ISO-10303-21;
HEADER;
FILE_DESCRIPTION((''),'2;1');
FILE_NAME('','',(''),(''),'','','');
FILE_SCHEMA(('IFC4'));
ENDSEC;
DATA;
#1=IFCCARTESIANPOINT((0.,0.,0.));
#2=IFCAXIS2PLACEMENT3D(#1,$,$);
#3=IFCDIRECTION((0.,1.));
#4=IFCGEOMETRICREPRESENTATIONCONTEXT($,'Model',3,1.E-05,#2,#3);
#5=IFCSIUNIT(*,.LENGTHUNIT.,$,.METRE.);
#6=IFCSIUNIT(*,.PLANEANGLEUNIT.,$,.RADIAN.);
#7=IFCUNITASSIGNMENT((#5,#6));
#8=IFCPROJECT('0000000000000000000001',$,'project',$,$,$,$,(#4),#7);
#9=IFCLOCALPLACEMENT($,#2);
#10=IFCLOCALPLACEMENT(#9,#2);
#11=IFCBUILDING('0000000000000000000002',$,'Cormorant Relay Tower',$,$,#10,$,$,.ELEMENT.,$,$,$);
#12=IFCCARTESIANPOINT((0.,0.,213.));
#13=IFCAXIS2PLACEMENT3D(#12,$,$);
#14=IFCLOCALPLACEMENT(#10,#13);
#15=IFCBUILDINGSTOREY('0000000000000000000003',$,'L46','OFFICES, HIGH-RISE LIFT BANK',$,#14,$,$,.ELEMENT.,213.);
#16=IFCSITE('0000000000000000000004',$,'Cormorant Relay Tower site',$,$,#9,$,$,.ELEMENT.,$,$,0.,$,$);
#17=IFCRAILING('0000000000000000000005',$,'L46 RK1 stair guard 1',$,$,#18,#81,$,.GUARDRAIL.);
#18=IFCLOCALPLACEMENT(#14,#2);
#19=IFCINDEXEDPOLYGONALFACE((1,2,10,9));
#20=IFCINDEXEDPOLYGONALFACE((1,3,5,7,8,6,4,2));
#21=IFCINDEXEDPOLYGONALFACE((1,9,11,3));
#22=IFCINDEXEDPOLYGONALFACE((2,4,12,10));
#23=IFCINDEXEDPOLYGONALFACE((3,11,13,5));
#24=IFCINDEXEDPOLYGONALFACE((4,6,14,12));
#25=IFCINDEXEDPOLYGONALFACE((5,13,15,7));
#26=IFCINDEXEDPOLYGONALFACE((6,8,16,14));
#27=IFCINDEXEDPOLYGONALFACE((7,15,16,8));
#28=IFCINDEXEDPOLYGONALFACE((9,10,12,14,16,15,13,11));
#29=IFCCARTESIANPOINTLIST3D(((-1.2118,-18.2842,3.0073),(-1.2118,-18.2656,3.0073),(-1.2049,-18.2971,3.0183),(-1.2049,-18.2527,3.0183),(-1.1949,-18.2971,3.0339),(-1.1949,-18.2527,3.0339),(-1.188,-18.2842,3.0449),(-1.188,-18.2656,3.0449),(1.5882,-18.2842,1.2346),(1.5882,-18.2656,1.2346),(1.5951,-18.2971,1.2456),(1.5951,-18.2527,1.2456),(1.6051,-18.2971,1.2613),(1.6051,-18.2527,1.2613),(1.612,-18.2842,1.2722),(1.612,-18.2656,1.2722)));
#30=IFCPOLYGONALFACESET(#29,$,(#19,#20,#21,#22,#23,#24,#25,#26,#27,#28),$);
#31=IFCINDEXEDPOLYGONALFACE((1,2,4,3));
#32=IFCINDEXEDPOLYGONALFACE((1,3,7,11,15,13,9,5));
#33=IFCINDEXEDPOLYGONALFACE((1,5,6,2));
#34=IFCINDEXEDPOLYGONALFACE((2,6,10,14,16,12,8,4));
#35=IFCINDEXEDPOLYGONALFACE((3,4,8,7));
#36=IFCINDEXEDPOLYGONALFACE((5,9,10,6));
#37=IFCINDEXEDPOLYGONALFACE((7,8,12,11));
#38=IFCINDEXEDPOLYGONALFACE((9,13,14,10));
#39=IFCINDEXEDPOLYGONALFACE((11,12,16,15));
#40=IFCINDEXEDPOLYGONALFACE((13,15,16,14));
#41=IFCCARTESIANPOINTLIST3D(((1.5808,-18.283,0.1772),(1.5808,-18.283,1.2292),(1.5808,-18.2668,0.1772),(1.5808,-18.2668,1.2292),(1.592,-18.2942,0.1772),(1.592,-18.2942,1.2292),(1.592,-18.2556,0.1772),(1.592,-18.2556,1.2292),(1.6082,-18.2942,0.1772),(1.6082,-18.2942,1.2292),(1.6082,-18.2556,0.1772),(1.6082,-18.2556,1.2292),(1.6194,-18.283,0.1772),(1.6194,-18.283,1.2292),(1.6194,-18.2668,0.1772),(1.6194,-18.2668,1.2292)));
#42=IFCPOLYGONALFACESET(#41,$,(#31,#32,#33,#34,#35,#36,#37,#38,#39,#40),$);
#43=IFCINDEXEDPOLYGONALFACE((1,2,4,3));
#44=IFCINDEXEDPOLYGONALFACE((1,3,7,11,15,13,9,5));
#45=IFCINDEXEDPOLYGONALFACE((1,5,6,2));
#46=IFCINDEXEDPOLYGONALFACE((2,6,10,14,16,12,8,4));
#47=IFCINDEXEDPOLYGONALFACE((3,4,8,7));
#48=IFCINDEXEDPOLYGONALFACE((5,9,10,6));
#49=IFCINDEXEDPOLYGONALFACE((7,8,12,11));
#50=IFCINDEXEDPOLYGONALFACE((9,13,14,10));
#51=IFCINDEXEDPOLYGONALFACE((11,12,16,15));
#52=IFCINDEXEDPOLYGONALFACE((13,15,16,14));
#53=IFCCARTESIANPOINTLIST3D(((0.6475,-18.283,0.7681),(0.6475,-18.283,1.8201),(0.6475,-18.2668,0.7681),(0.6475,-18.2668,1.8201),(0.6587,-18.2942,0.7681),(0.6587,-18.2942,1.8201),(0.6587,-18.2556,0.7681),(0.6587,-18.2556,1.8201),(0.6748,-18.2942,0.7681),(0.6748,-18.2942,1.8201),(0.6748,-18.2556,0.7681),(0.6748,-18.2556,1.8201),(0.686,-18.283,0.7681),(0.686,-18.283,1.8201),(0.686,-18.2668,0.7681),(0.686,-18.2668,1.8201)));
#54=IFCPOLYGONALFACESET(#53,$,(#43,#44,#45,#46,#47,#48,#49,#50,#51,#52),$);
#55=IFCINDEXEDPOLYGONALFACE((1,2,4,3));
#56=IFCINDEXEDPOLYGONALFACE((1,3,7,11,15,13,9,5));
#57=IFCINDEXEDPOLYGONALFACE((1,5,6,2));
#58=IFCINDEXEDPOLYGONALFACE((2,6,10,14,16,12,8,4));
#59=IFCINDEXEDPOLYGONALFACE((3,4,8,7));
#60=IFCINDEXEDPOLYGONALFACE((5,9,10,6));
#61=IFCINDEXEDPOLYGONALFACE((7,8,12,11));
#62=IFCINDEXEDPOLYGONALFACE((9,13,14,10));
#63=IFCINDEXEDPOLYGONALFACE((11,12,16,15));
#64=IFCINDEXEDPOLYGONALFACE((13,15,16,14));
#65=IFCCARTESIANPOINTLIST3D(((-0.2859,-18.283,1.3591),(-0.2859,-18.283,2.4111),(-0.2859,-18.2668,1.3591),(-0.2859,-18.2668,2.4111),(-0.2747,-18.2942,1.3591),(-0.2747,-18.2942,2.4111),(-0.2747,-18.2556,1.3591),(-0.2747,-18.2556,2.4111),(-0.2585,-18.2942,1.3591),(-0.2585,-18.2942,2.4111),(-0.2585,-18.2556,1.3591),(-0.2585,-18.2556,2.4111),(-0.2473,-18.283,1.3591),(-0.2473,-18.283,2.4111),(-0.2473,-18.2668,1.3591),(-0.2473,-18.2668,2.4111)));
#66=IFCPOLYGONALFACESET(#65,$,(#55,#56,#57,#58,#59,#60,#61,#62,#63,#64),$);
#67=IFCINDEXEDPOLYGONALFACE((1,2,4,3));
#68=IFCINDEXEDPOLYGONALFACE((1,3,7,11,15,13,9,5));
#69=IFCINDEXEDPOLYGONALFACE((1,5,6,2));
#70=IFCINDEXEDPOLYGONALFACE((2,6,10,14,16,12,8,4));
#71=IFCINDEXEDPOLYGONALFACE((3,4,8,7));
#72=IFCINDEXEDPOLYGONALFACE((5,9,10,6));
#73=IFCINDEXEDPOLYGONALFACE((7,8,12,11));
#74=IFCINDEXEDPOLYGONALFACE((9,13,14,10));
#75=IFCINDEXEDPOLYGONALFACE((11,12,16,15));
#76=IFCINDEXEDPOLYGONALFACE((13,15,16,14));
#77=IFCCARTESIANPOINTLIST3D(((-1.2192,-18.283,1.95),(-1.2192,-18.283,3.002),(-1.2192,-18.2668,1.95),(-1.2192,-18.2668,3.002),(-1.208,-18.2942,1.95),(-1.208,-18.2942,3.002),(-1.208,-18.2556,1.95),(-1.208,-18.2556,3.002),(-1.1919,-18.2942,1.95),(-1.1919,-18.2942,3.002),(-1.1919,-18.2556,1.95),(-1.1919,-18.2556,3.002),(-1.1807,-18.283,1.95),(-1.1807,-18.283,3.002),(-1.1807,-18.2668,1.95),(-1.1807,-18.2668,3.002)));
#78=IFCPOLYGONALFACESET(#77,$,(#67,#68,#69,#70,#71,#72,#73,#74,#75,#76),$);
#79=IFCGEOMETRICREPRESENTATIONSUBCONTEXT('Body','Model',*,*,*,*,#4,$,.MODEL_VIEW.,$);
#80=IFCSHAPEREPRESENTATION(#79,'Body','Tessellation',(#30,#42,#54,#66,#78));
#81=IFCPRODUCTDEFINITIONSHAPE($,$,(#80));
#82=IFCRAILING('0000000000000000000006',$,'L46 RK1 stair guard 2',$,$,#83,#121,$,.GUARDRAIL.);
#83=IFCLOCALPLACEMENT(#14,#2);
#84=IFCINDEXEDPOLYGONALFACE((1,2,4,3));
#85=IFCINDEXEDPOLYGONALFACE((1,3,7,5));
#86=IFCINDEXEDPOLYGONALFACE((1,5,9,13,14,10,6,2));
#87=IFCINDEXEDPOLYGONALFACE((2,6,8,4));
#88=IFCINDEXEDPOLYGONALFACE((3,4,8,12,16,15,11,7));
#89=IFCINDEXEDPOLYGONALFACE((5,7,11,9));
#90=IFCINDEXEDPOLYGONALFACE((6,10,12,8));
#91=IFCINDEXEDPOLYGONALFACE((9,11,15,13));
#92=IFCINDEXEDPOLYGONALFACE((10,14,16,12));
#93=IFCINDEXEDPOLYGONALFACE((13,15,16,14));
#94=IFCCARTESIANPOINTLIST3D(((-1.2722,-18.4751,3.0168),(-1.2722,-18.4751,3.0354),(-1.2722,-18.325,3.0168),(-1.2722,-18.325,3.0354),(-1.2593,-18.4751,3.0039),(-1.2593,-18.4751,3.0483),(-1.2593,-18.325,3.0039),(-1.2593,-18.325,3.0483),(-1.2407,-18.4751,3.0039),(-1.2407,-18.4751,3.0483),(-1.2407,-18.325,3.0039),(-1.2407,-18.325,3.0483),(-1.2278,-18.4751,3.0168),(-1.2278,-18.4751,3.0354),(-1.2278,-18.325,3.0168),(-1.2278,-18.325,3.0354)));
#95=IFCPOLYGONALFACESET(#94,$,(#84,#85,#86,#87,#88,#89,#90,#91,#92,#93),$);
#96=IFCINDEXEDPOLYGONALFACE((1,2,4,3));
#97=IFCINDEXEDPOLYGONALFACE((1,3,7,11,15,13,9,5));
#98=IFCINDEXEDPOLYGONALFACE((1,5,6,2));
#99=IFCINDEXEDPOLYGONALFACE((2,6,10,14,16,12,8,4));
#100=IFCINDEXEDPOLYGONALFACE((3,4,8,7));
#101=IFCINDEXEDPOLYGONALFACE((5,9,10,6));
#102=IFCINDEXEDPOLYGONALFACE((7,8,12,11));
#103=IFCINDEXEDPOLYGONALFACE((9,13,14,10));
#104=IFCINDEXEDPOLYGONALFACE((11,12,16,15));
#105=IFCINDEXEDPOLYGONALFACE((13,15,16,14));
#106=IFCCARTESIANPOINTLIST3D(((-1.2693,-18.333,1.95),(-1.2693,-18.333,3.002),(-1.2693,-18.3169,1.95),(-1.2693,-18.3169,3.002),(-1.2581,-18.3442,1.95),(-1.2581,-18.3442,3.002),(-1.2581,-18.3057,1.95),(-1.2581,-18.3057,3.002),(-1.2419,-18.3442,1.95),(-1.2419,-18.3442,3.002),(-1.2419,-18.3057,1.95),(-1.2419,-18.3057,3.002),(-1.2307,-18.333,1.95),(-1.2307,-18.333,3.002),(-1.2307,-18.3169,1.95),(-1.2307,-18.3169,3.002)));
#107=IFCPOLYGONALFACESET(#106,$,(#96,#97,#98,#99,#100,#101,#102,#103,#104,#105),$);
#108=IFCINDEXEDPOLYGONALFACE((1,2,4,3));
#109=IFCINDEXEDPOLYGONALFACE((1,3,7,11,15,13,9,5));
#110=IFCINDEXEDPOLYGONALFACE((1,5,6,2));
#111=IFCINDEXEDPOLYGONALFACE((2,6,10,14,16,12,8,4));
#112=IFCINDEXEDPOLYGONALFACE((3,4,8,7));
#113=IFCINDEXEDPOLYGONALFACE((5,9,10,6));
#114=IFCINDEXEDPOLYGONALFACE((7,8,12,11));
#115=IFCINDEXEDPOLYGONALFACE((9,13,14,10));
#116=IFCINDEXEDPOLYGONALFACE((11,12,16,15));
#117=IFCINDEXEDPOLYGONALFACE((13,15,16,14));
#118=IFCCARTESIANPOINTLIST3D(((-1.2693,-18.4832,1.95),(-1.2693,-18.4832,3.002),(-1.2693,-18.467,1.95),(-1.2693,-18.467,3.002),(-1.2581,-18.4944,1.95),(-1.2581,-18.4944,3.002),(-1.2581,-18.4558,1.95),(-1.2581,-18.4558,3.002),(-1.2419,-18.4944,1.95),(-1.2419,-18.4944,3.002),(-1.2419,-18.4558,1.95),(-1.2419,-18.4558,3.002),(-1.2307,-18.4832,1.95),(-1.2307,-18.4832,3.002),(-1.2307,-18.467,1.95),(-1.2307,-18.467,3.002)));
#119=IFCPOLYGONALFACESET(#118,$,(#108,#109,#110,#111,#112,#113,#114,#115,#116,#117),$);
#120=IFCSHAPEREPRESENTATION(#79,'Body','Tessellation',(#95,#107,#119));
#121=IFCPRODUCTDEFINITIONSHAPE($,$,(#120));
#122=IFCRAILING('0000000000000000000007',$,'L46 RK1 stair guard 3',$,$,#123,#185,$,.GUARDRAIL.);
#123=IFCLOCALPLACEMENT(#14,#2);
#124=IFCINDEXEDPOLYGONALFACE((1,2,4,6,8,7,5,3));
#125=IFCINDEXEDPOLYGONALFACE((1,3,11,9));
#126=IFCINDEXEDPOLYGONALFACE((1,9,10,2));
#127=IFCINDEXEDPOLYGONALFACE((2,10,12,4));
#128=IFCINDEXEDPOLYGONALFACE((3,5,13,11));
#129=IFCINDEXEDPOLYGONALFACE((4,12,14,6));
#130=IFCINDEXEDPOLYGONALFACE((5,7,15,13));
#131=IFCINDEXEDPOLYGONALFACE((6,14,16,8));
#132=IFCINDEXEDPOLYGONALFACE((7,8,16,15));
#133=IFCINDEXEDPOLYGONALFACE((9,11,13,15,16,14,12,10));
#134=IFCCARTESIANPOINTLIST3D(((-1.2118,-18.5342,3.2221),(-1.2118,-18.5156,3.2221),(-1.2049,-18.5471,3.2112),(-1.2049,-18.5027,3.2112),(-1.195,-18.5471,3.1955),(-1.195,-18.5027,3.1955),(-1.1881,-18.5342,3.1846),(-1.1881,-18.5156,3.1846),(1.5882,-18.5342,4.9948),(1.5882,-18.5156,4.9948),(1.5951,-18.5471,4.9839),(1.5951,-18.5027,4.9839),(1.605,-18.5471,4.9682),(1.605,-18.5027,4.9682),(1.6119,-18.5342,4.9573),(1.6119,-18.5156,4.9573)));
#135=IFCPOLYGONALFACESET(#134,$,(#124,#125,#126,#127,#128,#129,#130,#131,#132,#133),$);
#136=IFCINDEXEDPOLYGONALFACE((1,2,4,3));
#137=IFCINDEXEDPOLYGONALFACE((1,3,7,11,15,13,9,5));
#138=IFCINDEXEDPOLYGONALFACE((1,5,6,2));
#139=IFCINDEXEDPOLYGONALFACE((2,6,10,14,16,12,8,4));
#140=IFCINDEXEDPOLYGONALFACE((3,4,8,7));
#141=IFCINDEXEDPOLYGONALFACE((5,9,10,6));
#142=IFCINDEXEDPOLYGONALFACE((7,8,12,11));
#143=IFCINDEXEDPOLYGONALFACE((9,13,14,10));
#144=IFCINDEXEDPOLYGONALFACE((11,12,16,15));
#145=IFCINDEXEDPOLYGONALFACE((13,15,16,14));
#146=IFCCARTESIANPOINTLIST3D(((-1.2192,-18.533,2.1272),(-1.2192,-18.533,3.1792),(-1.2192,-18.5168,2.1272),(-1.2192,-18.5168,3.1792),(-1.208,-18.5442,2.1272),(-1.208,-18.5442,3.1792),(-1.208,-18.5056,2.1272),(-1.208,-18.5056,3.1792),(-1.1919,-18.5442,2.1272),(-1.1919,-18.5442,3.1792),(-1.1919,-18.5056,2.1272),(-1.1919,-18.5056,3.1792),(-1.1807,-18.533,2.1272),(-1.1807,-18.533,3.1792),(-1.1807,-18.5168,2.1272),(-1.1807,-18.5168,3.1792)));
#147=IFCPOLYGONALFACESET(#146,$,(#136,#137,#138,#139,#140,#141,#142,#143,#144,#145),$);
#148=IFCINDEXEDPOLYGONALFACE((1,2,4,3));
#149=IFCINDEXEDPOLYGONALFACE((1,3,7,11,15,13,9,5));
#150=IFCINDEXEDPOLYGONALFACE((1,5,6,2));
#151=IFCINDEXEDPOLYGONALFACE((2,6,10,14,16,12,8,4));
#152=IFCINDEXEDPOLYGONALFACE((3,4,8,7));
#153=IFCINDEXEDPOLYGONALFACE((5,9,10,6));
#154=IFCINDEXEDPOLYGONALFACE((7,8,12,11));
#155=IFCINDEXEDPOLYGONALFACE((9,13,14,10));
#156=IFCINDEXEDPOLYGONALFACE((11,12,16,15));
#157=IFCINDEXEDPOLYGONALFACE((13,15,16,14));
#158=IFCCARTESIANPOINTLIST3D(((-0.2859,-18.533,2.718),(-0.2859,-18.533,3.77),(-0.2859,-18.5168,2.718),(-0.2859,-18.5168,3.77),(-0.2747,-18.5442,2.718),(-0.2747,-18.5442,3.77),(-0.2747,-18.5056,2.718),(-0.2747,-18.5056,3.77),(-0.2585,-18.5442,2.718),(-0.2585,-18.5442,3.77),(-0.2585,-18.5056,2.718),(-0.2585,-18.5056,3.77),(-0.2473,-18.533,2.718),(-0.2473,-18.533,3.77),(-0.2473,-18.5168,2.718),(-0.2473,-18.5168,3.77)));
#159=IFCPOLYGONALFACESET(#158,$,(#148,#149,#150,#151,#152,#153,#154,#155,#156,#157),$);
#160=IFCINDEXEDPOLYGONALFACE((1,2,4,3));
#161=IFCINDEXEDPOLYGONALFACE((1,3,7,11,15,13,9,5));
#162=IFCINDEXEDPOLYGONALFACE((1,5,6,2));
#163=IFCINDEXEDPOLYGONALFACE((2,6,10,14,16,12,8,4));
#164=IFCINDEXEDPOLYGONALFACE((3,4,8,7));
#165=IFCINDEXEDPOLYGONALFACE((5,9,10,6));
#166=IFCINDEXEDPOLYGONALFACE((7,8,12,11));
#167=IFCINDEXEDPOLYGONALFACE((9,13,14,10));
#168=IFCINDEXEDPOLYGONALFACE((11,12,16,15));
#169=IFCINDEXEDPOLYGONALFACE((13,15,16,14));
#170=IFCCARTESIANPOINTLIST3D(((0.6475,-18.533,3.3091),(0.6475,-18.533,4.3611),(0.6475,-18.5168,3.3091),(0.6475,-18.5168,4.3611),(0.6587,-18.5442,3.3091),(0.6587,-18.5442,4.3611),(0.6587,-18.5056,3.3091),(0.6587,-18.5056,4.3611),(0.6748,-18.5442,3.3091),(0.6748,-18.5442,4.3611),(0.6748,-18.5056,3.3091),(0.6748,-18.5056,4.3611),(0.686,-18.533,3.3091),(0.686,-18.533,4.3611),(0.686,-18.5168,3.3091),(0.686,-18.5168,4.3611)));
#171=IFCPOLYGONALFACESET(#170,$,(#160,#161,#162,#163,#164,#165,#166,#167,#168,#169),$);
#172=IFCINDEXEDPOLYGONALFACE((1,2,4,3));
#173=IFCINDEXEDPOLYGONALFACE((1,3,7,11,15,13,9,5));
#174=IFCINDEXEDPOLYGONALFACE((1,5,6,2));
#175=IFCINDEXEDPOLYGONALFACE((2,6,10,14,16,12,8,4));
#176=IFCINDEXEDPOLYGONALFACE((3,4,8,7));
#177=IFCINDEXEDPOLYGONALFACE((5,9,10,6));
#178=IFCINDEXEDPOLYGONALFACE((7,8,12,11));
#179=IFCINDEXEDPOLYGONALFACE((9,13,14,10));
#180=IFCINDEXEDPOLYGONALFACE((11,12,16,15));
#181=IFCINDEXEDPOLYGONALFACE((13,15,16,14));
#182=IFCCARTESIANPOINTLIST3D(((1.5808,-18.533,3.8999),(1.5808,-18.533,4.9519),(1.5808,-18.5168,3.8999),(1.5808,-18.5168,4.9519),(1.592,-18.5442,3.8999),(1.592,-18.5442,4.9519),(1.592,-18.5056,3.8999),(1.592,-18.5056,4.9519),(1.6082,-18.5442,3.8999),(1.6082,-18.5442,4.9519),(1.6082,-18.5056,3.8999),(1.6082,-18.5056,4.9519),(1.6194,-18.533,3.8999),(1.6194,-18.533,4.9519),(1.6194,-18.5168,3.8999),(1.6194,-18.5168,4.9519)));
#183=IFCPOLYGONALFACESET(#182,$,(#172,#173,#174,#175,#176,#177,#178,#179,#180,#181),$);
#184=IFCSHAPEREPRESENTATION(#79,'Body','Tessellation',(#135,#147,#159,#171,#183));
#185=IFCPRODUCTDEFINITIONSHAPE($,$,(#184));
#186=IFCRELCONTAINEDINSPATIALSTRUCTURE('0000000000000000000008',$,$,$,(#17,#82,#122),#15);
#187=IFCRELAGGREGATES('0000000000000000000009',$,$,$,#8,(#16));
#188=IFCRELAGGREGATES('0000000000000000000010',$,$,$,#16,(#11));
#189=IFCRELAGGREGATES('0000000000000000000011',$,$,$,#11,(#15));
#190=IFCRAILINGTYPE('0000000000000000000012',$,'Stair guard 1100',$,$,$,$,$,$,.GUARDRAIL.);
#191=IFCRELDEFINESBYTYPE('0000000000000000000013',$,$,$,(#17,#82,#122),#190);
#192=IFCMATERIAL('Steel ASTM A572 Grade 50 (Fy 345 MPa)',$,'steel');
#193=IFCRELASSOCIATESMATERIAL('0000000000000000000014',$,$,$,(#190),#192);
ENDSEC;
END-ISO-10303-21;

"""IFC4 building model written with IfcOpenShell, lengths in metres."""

from ifc_helpers import new_model, si_unit, direction, frame, origin, place, context, subcontext, project, spatial, polyline, outline, extrude, material, type_object, element, save


model = new_model("IFC4")

# Units and contexts
model_context = context("Model", 3, precision=1e-05, world=origin(), true_north=direction((0.0, 1.0)))
body_context = subcontext(model_context, "Body", "Model", "MODEL_VIEW")
ifc_project = project(units=[si_unit("LENGTHUNIT", "METRE"), si_unit("PLANEANGLEUNIT", "RADIAN")], contexts=[model_context])

# Site, building, storey
site_placement = place(None, origin())
site = spatial("IfcSite", under=ifc_project, at=site_placement, Name="Cormorant Relay Tower site", CompositionType="ELEMENT", RefElevation=0.0)
building_placement = place(site_placement, origin())
building = spatial("IfcBuilding", under=site, at=building_placement, Name="Cormorant Relay Tower", CompositionType="ELEMENT")
storey_placement = place(building_placement, frame((0.0, 0.0, 213.0)))
storey = spatial("IfcBuildingStorey", under=building, at=storey_placement, Name="L46", Description="OFFICES, HIGH-RISE LIFT BANK", CompositionType="ELEMENT", Elevation=213.0)

# Railings
ifc_material_1 = material(Name="Steel ASTM A572 Grade 50 (Fy 345 MPa)", Category="steel")
railing_type_1 = type_object("IfcRailingType", Name="Stair guard 1100", PredefinedType="GUARDRAIL", material=ifc_material_1)
railing_1_placement = place(storey_placement, frame((1.6001, -18.2749, 0.1772)))
element("IfcRailing", 1, at=railing_1_placement, inside=storey, type_object=railing_type_1, Name="L46 RK1 stair guard 1", PredefinedType="GUARDRAIL", context=body_context, shape_type="SweptSolid", body=[
    extrude(outline(polyline([(0.0222, 0.0093), (0.0093, 0.0222), (-0.0093, 0.0222), (-0.0222, 0.0093), (-0.0222, -0.0093), (-0.0093, -0.0222), (0.0093, -0.0222), (0.0222, -0.0093), (0.0222, 0.0093)])), frame((0.0, 0.0, 1.0762), z_axis=(-0.844909, 0.0, 0.53491), x_axis=(0.0, -1.0, 0.0)), (0.0, 0.0, 1.0), 3.314),
    extrude(outline(polyline([(0.0193, 0.0081), (0.0081, 0.0193), (-0.0081, 0.0193), (-0.0193, 0.0081), (-0.0193, -0.0081), (-0.0081, -0.0193), (0.0081, -0.0193), (0.0193, -0.0081), (0.0193, 0.0081)])), origin(), (0.0, 0.0, 1.0), 1.052),
    extrude(outline(polyline([(0.0193, 0.0081), (0.0081, 0.0193), (-0.0081, 0.0193), (-0.0193, 0.0081), (-0.0193, -0.0081), (-0.0081, -0.0193), (0.0081, -0.0193), (0.0193, -0.0081), (0.0193, 0.0081)])), frame((-0.9333, 0.0, 0.5908)), (0.0, 0.0, 1.0), 1.052),
    extrude(outline(polyline([(0.0193, 0.0081), (0.0081, 0.0193), (-0.0081, 0.0193), (-0.0193, 0.0081), (-0.0193, -0.0081), (-0.0081, -0.0193), (0.0081, -0.0193), (0.0193, -0.0081), (0.0193, 0.0081)])), frame((-1.8667, 0.0, 1.1819)), (0.0, 0.0, 1.0), 1.052),
    extrude(outline(polyline([(0.0193, 0.0081), (0.0081, 0.0193), (-0.0081, 0.0193), (-0.0193, 0.0081), (-0.0193, -0.0081), (-0.0081, -0.0193), (0.0081, -0.0193), (0.0193, -0.0081), (0.0193, 0.0081)])), frame((-2.8, 0.0, 1.7727)), (0.0, 0.0, 1.0), 1.052),
])
railing_2_placement = place(storey_placement, frame((-1.25, -18.325, 1.95)))
element("IfcRailing", 2, at=railing_2_placement, inside=storey, type_object=railing_type_1, Name="L46 RK1 stair guard 2", PredefinedType="GUARDRAIL", context=body_context, shape_type="SweptSolid", body=[
    extrude(outline(polyline([(0.0222, 0.0093), (0.0093, 0.0222), (-0.0093, 0.0222), (-0.0222, 0.0093), (-0.0222, -0.0093), (-0.0093, -0.0222), (0.0093, -0.0222), (0.0222, -0.0093), (0.0222, 0.0093)])), frame((0.0, 0.0, 1.0762), z_axis=(0.0, -1.0, 0.0), x_axis=(1.0, 0.0, 0.0)), (0.0, 0.0, 1.0), 0.1501),
    extrude(outline(polyline([(0.0193, 0.0081), (0.0081, 0.0193), (-0.0081, 0.0193), (-0.0193, 0.0081), (-0.0193, -0.0081), (-0.0081, -0.0193), (0.0081, -0.0193), (0.0193, -0.0081), (0.0193, 0.0081)])), origin(), (0.0, 0.0, 1.0), 1.052),
    extrude(outline(polyline([(0.0193, 0.0081), (0.0081, 0.0193), (-0.0081, 0.0193), (-0.0193, 0.0081), (-0.0193, -0.0081), (-0.0081, -0.0193), (0.0081, -0.0193), (0.0193, -0.0081), (0.0193, 0.0081)])), frame((0.0, -0.1501, 0.0)), (0.0, 0.0, 1.0), 1.052),
])
railing_3_placement = place(storey_placement, frame((-1.2, -18.5249, 2.1272)))
element("IfcRailing", 3, at=railing_3_placement, inside=storey, type_object=railing_type_1, Name="L46 RK1 stair guard 3", PredefinedType="GUARDRAIL", context=body_context, shape_type="SweptSolid", body=[
    extrude(outline(polyline([(0.0222, 0.0093), (0.0093, 0.0222), (-0.0093, 0.0222), (-0.0222, 0.0093), (-0.0222, -0.0093), (-0.0093, -0.0222), (0.0093, -0.0222), (0.0222, -0.0093), (0.0222, 0.0093)])), frame((0.0, 0.0, 1.0762), z_axis=(0.844909, 0.0, 0.53491), x_axis=(0.0, 1.0, 0.0)), (0.0, 0.0, 1.0), 3.314),
    extrude(outline(polyline([(0.0193, 0.0081), (0.0081, 0.0193), (-0.0081, 0.0193), (-0.0193, 0.0081), (-0.0193, -0.0081), (-0.0081, -0.0193), (0.0081, -0.0193), (0.0193, -0.0081), (0.0193, 0.0081)])), origin(), (0.0, 0.0, 1.0), 1.052),
    extrude(outline(polyline([(0.0193, 0.0081), (0.0081, 0.0193), (-0.0081, 0.0193), (-0.0193, 0.0081), (-0.0193, -0.0081), (-0.0081, -0.0193), (0.0081, -0.0193), (0.0193, -0.0081), (0.0193, 0.0081)])), frame((0.9333, 0.0, 0.5908)), (0.0, 0.0, 1.0), 1.052),
    extrude(outline(polyline([(0.0193, 0.0081), (0.0081, 0.0193), (-0.0081, 0.0193), (-0.0193, 0.0081), (-0.0193, -0.0081), (-0.0081, -0.0193), (0.0081, -0.0193), (0.0193, -0.0081), (0.0193, 0.0081)])), frame((1.8667, 0.0, 1.1819)), (0.0, 0.0, 1.0), 1.052),
    extrude(outline(polyline([(0.0193, 0.0081), (0.0081, 0.0193), (-0.0081, 0.0193), (-0.0193, 0.0081), (-0.0193, -0.0081), (-0.0081, -0.0193), (0.0081, -0.0193), (0.0193, -0.0081), (0.0193, 0.0081)])), frame((2.8, 0.0, 1.7727)), (0.0, 0.0, 1.0), 1.052),
])

save(model, "model.ifc")
